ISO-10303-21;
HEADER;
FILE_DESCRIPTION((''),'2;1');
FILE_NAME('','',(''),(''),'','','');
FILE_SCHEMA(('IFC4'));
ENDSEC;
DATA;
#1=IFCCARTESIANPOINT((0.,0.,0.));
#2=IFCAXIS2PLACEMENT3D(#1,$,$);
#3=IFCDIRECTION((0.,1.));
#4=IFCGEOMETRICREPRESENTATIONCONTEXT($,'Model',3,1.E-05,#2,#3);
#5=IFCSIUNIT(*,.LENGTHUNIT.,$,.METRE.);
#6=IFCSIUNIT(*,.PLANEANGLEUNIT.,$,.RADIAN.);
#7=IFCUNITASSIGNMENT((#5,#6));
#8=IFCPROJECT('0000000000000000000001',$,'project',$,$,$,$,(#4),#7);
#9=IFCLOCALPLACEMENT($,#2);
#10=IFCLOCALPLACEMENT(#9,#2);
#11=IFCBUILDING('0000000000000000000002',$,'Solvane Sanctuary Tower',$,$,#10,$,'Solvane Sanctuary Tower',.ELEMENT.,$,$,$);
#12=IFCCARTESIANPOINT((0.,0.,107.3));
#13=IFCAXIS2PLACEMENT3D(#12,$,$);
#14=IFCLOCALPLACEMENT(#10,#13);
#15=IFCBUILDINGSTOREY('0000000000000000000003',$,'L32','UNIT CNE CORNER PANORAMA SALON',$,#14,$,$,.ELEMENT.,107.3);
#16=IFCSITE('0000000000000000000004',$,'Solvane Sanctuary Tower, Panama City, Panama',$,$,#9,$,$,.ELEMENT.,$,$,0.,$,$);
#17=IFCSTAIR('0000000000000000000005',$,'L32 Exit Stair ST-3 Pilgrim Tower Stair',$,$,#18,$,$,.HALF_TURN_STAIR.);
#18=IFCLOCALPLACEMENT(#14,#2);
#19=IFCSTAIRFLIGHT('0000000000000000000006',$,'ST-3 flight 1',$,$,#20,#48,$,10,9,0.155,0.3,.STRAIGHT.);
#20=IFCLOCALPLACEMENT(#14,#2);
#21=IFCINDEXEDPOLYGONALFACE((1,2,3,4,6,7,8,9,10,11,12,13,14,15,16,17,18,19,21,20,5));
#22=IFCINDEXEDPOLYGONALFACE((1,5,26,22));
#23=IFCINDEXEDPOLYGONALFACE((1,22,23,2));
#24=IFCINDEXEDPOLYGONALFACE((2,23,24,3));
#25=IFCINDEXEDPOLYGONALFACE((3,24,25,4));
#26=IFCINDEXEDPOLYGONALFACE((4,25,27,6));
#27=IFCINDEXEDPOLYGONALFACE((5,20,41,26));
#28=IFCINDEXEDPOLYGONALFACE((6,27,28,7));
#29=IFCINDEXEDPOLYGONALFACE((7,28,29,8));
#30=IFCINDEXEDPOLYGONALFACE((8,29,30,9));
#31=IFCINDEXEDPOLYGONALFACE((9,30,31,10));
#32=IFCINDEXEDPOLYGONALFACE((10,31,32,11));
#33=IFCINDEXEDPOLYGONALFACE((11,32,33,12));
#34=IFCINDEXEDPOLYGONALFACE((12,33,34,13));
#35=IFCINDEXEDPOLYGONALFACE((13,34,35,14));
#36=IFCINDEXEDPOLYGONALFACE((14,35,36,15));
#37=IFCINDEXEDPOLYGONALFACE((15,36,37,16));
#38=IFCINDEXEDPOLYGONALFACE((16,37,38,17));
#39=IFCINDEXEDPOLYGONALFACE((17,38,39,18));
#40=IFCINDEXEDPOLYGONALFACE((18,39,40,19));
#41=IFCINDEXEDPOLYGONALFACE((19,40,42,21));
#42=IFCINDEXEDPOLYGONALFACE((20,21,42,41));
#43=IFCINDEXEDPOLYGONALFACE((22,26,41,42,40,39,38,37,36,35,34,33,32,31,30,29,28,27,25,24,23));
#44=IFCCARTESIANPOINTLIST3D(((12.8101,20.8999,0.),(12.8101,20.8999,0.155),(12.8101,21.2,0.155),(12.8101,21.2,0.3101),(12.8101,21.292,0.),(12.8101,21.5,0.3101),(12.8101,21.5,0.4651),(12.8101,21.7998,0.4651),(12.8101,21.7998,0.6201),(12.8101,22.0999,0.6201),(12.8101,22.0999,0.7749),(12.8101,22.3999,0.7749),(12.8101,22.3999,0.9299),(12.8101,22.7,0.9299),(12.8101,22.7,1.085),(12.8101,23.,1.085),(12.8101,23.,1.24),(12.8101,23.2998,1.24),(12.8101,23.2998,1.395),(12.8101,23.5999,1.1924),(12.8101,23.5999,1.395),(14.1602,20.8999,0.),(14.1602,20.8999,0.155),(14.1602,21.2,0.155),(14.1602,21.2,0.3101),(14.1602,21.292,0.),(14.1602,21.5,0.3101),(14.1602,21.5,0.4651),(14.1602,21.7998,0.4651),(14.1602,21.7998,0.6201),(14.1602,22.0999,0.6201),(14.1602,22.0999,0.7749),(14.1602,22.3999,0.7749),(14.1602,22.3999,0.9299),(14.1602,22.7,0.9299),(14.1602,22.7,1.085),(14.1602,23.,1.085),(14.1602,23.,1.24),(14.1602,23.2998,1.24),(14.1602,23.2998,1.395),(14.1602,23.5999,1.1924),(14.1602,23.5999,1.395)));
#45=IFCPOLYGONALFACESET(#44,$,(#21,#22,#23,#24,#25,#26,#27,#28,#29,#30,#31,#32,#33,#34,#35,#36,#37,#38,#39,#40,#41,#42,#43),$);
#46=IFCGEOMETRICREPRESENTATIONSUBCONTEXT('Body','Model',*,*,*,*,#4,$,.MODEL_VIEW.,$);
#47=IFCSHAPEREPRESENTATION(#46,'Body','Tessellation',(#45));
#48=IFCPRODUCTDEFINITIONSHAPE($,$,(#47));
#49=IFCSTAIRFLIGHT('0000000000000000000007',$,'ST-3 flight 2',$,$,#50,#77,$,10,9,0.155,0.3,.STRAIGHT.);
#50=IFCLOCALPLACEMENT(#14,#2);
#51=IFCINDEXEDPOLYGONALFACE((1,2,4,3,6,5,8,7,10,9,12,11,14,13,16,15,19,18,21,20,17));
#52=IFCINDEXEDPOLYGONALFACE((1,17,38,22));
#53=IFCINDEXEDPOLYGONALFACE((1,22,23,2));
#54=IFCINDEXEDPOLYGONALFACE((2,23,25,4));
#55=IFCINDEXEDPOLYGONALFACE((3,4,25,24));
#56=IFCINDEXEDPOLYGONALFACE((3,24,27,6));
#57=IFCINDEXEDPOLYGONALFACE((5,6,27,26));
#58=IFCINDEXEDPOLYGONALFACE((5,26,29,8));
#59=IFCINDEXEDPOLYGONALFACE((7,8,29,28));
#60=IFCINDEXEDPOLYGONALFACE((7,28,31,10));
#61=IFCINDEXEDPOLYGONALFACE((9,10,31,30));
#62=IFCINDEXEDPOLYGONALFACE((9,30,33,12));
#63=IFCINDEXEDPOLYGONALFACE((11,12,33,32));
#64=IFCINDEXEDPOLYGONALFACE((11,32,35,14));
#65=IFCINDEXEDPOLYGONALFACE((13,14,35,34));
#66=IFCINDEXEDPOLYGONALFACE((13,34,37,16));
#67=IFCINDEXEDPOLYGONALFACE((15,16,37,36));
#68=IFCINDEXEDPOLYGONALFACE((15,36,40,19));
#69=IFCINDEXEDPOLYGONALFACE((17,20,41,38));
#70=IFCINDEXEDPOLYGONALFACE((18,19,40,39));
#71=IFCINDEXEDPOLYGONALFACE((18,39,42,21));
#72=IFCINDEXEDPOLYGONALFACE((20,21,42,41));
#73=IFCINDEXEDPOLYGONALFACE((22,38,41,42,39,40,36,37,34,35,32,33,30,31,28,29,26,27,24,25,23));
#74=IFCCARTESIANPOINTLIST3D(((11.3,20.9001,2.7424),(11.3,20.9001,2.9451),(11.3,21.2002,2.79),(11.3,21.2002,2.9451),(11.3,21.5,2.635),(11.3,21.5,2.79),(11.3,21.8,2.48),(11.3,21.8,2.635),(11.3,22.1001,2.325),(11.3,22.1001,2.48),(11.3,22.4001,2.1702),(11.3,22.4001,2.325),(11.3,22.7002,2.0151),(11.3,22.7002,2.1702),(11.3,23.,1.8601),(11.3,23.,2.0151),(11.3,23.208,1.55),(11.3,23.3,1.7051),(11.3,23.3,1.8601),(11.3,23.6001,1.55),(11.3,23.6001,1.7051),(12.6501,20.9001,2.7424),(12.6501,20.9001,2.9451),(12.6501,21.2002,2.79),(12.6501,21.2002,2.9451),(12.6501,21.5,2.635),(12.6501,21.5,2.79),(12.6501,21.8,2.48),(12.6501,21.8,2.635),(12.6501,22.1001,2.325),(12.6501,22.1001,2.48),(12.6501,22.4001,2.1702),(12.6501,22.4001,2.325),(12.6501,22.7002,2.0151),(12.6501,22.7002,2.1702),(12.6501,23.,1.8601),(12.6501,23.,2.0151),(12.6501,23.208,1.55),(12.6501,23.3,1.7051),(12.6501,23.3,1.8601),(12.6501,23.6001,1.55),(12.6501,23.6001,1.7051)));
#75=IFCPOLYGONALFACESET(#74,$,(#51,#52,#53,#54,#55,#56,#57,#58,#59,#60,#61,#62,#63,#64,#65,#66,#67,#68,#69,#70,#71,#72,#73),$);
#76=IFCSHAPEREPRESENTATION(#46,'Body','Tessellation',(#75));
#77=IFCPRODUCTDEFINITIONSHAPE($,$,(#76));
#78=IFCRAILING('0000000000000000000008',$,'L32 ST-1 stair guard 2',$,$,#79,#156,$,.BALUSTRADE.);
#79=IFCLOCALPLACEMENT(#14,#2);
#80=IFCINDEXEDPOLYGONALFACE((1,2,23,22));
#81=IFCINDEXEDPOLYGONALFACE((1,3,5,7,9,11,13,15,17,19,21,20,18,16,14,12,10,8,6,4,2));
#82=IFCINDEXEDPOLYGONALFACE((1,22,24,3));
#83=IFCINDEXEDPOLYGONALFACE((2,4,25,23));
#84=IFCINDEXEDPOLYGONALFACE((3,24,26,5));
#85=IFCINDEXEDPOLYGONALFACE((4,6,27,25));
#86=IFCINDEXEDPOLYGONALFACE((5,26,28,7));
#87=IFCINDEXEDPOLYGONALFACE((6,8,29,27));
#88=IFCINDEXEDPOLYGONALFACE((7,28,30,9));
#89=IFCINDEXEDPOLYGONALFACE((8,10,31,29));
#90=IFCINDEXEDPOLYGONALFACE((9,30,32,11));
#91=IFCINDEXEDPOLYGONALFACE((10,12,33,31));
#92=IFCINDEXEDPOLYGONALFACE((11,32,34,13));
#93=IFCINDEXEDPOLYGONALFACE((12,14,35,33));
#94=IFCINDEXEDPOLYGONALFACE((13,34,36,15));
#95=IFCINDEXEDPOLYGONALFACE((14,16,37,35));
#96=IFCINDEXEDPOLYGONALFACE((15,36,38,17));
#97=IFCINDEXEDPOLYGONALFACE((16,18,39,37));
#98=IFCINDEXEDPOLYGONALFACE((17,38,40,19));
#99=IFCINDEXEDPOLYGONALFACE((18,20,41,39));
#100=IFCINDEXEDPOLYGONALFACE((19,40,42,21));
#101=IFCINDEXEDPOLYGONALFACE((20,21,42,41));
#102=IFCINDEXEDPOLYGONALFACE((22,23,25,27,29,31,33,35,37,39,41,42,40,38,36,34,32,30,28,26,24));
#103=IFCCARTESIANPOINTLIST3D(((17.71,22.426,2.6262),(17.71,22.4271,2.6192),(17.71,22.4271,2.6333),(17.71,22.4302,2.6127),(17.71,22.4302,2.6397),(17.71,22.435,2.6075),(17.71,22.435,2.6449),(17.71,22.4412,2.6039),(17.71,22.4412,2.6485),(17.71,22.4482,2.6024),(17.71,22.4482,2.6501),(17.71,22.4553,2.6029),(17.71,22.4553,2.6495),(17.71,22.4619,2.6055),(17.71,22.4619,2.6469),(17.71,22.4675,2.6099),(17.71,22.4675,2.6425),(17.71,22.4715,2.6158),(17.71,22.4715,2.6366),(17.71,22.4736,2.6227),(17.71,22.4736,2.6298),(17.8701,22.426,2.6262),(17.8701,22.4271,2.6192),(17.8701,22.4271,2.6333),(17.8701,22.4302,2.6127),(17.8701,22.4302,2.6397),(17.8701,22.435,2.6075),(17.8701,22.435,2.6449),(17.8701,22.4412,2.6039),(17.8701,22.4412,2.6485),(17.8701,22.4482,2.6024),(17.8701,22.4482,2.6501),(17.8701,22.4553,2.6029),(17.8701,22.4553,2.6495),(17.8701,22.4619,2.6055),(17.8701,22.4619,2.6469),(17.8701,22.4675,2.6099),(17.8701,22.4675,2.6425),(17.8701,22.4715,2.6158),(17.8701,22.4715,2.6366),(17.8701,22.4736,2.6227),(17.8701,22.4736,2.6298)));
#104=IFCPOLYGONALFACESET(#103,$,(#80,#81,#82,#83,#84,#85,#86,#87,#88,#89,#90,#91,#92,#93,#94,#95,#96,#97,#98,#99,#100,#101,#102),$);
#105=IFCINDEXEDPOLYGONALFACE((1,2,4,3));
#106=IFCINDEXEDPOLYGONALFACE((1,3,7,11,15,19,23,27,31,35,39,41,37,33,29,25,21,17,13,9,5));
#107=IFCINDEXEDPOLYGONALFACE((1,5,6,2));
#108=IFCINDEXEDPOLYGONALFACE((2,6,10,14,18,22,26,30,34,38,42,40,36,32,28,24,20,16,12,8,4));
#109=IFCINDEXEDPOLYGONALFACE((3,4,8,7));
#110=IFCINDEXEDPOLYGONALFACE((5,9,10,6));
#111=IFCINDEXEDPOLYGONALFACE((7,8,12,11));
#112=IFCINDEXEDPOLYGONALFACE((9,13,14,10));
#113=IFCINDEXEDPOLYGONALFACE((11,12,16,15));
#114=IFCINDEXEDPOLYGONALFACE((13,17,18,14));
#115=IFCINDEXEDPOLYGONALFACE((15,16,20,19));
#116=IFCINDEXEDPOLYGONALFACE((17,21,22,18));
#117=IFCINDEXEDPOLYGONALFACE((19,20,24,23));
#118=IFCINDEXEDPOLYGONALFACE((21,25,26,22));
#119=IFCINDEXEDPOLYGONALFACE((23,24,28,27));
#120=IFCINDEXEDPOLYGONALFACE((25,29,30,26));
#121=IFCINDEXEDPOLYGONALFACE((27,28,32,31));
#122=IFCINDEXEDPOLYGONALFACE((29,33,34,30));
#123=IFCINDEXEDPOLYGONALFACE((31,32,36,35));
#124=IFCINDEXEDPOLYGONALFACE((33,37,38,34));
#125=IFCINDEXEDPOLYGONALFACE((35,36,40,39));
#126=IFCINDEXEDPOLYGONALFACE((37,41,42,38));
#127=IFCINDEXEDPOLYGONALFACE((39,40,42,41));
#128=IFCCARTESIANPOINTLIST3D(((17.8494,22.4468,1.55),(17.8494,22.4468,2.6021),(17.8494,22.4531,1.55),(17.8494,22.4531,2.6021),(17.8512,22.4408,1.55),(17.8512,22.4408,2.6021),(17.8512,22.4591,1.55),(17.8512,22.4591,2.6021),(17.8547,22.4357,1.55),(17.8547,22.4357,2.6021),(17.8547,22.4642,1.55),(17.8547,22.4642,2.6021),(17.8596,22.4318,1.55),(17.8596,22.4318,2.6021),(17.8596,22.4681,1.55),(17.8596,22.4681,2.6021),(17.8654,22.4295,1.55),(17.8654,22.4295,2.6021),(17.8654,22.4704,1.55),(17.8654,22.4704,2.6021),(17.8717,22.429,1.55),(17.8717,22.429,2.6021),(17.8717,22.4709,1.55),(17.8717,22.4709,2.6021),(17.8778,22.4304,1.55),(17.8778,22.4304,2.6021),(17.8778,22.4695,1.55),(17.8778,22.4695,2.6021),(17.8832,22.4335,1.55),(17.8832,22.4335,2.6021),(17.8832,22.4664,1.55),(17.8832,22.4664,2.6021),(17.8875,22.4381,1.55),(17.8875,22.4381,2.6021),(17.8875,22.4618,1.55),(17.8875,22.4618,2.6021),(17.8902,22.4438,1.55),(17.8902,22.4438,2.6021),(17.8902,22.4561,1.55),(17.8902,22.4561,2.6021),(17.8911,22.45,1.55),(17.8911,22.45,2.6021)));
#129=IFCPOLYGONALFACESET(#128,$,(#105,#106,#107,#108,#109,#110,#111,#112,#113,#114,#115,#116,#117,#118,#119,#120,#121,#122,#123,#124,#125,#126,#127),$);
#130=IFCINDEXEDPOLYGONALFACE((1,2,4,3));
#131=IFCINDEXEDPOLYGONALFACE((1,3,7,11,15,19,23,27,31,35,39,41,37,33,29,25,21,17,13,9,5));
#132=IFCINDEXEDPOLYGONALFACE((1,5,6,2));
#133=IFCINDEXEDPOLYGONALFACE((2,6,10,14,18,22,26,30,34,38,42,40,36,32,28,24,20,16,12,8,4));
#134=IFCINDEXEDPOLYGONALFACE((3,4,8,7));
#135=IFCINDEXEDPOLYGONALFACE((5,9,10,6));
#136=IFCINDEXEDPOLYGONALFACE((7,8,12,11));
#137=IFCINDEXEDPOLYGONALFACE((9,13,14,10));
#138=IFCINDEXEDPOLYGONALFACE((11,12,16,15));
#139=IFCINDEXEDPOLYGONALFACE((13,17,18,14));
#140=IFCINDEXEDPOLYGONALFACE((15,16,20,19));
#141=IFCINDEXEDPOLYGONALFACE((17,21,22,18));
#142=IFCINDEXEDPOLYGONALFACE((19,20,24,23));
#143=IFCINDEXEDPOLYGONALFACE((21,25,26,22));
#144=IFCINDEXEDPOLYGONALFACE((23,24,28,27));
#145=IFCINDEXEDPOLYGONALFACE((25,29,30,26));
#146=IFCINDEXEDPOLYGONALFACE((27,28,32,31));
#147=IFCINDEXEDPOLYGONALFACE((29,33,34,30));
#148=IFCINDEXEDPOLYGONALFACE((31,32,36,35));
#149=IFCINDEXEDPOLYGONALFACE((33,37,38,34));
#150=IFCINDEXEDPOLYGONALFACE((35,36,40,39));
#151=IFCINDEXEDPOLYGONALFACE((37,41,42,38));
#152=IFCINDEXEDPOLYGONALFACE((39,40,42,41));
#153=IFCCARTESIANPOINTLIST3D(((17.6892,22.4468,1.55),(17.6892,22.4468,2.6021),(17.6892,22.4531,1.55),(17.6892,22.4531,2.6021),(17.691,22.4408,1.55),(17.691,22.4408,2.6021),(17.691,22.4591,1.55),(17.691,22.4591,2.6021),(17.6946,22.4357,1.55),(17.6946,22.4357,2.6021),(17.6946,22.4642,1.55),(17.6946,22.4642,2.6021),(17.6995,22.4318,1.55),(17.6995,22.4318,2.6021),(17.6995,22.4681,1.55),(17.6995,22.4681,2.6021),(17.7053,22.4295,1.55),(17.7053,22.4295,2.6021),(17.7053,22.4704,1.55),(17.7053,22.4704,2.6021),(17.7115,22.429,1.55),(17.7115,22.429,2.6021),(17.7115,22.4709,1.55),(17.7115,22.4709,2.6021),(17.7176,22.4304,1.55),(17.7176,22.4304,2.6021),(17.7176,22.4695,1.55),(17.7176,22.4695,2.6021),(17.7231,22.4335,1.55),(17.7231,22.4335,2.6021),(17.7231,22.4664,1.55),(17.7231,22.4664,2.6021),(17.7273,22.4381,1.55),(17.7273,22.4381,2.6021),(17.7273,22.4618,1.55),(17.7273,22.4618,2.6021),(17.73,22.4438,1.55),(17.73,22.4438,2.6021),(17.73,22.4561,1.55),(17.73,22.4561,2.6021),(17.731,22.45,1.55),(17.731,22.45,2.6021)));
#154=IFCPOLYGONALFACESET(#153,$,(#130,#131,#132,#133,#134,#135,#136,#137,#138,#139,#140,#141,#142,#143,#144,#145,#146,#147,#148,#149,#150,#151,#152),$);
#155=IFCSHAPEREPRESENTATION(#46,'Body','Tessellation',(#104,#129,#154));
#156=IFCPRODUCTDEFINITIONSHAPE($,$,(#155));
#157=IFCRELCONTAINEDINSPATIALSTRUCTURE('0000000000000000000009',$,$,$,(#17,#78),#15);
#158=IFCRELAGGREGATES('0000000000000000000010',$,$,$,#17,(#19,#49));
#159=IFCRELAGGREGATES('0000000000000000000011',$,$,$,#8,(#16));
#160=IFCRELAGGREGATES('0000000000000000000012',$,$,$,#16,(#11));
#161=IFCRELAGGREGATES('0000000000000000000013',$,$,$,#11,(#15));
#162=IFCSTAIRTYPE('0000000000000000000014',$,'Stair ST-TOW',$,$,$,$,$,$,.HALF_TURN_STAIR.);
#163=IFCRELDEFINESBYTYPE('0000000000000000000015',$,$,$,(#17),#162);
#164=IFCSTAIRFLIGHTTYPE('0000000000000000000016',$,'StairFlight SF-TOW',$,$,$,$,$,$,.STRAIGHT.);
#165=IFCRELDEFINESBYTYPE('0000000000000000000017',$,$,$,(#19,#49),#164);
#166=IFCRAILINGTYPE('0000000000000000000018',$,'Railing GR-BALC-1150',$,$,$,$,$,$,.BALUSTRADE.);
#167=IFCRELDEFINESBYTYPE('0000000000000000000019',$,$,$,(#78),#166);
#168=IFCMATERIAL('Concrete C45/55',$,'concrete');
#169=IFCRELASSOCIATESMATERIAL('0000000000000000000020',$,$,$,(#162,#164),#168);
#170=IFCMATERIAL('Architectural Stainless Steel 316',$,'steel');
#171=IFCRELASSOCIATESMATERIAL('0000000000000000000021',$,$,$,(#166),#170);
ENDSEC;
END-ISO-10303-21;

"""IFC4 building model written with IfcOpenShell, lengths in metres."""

from ifc_helpers import new_model, si_unit, direction, frame, origin, origin_2d, place, context, subcontext, project, spatial, polyline, circle, outline, extrude, material, type_object, element, aggregate, save


model = new_model("IFC4")

# Units and contexts
model_context = context("Model", 3, precision=1e-05, world=origin(), true_north=direction((0.0, 1.0)))
body_context = subcontext(model_context, "Body", "Model", "MODEL_VIEW")
ifc_project = project(units=[si_unit("LENGTHUNIT", "METRE"), si_unit("PLANEANGLEUNIT", "RADIAN")], contexts=[model_context])

# Site, building, storey
site_placement = place(None, origin())
site = spatial("IfcSite", under=ifc_project, at=site_placement, Name="Solvane Sanctuary Tower, Panama City, Panama", CompositionType="ELEMENT", RefElevation=0.0)
building_placement = place(site_placement, origin())
building = spatial("IfcBuilding", under=site, at=building_placement, Name="Solvane Sanctuary Tower", LongName="Solvane Sanctuary Tower", CompositionType="ELEMENT")
storey_placement = place(building_placement, frame((0.0, 0.0, 107.3)))
storey = spatial("IfcBuildingStorey", under=building, at=storey_placement, Name="L32", Description="UNIT CNE CORNER PANORAMA SALON", CompositionType="ELEMENT", Elevation=107.3)

# Shared definitions
ifc_material_1 = material(Name="Concrete C45/55", Category="concrete")
stair_type = type_object("IfcStairType", Name="Stair ST-TOW", PredefinedType="HALF_TURN_STAIR", material=ifc_material_1)
stair_flight_type = type_object("IfcStairFlightType", Name="StairFlight SF-TOW", PredefinedType="STRAIGHT", material=ifc_material_1)

# Stair, stair flights
stair_1_placement = place(storey_placement, origin())
stair_1 = element("IfcStair", 1, at=stair_1_placement, inside=storey, type_object=stair_type, Name="L32 Exit Stair ST-3 Pilgrim Tower Stair", PredefinedType="HALF_TURN_STAIR")
stair_flight_1_placement = place(storey_placement, frame((13.4851, 20.8999, 0.0), z_axis=(0.0, 0.0, 1.0), x_axis=(0.0, 1.0, 0.0)))
stair_flight_1 = element("IfcStairFlight", 2, at=stair_flight_1_placement, type_object=stair_flight_type, Name="ST-3 flight 1", NumberOfRisers=10, NumberOfTreads=9, PredefinedType="STRAIGHT", RiserHeight=0.155, TreadLength=0.3, context=body_context, shape_type="SweptSolid", body=[
    extrude(outline(polyline([(0.0, 0.0), (0.0, 0.155), (0.3, 0.155), (0.3, 0.3101), (0.6001, 0.3101), (0.6001, 0.4651), (0.8999, 0.4651), (0.8999, 0.6201), (1.2, 0.6201), (1.2, 0.7749), (1.5, 0.7749), (1.5, 0.9299), (1.8, 0.9299), (1.8, 1.085), (2.1001, 1.085), (2.1001, 1.24), (2.3999, 1.24), (2.3999, 1.395), (2.7, 1.395), (2.7, 1.55), (2.7, 1.1924), (0.3921, 0.0), (0.0, 0.0)])), frame((0.0, 0.675, 0.0), z_axis=(0.0, -1.0, 0.0), x_axis=(1.0, 0.0, 0.0)), (0.0, 0.0, 1.0), 1.3501),
])
stair_flight_2_placement = place(storey_placement, frame((11.9751, 23.6001, 1.55), z_axis=(0.0, 0.0, 1.0), x_axis=(0.0, -1.0, 0.0)))
stair_flight_2 = element("IfcStairFlight", 3, at=stair_flight_2_placement, type_object=stair_flight_type, Name="ST-3 flight 2", NumberOfRisers=10, NumberOfTreads=9, PredefinedType="STRAIGHT", RiserHeight=0.155, TreadLength=0.3, context=body_context, shape_type="SweptSolid", body=[
    extrude(outline(polyline([(0.0, 0.0), (0.0, 0.155), (0.3, 0.155), (0.3, 0.3101), (0.6001, 0.3101), (0.6001, 0.4651), (0.8999, 0.4651), (0.8999, 0.6201), (1.2, 0.6201), (1.2, 0.7749), (1.5, 0.7749), (1.5, 0.9299), (1.8, 0.9299), (1.8, 1.085), (2.1001, 1.085), (2.1001, 1.24), (2.3999, 1.24), (2.3999, 1.395), (2.7, 1.395), (2.7, 1.55), (2.7, 1.1924), (0.3921, 0.0), (0.0, 0.0)])), frame((0.0, 0.675, 0.0), z_axis=(0.0, -1.0, 0.0), x_axis=(1.0, 0.0, 0.0)), (0.0, 0.0, 1.0), 1.3501),
])
aggregate(stair_1, [stair_flight_1, stair_flight_2])

# Railing
ifc_material_2 = material(Name="Architectural Stainless Steel 316", Category="steel")
railing_type_1 = type_object("IfcRailingType", Name="Railing GR-BALC-1150", PredefinedType="BALUSTRADE", material=ifc_material_2)
railing_1_placement = place(storey_placement, frame((17.8701, 22.45, 1.55)))
element("IfcRailing", 4, at=railing_1_placement, inside=storey, type_object=railing_type_1, Name="L32 ST-1 stair guard 2", PredefinedType="BALUSTRADE", context=body_context, shape_type="SweptSolid", body=[
    extrude(circle(Radius=0.0239, at=origin_2d()), frame((0.0, 0.0, 1.0762), z_axis=(-1.0, 0.0, 0.0), x_axis=(0.0, -1.0, 0.0)), (0.0, 0.0, 1.0), 0.1602),
    extrude(circle(Radius=0.021, at=origin_2d()), origin(), (0.0, 0.0, 1.0), 1.052),
    extrude(circle(Radius=0.021, at=origin_2d()), frame((-0.1602, 0.0, 0.0)), (0.0, 0.0, 1.0), 1.052),
])

save(model, "model.ifc")
